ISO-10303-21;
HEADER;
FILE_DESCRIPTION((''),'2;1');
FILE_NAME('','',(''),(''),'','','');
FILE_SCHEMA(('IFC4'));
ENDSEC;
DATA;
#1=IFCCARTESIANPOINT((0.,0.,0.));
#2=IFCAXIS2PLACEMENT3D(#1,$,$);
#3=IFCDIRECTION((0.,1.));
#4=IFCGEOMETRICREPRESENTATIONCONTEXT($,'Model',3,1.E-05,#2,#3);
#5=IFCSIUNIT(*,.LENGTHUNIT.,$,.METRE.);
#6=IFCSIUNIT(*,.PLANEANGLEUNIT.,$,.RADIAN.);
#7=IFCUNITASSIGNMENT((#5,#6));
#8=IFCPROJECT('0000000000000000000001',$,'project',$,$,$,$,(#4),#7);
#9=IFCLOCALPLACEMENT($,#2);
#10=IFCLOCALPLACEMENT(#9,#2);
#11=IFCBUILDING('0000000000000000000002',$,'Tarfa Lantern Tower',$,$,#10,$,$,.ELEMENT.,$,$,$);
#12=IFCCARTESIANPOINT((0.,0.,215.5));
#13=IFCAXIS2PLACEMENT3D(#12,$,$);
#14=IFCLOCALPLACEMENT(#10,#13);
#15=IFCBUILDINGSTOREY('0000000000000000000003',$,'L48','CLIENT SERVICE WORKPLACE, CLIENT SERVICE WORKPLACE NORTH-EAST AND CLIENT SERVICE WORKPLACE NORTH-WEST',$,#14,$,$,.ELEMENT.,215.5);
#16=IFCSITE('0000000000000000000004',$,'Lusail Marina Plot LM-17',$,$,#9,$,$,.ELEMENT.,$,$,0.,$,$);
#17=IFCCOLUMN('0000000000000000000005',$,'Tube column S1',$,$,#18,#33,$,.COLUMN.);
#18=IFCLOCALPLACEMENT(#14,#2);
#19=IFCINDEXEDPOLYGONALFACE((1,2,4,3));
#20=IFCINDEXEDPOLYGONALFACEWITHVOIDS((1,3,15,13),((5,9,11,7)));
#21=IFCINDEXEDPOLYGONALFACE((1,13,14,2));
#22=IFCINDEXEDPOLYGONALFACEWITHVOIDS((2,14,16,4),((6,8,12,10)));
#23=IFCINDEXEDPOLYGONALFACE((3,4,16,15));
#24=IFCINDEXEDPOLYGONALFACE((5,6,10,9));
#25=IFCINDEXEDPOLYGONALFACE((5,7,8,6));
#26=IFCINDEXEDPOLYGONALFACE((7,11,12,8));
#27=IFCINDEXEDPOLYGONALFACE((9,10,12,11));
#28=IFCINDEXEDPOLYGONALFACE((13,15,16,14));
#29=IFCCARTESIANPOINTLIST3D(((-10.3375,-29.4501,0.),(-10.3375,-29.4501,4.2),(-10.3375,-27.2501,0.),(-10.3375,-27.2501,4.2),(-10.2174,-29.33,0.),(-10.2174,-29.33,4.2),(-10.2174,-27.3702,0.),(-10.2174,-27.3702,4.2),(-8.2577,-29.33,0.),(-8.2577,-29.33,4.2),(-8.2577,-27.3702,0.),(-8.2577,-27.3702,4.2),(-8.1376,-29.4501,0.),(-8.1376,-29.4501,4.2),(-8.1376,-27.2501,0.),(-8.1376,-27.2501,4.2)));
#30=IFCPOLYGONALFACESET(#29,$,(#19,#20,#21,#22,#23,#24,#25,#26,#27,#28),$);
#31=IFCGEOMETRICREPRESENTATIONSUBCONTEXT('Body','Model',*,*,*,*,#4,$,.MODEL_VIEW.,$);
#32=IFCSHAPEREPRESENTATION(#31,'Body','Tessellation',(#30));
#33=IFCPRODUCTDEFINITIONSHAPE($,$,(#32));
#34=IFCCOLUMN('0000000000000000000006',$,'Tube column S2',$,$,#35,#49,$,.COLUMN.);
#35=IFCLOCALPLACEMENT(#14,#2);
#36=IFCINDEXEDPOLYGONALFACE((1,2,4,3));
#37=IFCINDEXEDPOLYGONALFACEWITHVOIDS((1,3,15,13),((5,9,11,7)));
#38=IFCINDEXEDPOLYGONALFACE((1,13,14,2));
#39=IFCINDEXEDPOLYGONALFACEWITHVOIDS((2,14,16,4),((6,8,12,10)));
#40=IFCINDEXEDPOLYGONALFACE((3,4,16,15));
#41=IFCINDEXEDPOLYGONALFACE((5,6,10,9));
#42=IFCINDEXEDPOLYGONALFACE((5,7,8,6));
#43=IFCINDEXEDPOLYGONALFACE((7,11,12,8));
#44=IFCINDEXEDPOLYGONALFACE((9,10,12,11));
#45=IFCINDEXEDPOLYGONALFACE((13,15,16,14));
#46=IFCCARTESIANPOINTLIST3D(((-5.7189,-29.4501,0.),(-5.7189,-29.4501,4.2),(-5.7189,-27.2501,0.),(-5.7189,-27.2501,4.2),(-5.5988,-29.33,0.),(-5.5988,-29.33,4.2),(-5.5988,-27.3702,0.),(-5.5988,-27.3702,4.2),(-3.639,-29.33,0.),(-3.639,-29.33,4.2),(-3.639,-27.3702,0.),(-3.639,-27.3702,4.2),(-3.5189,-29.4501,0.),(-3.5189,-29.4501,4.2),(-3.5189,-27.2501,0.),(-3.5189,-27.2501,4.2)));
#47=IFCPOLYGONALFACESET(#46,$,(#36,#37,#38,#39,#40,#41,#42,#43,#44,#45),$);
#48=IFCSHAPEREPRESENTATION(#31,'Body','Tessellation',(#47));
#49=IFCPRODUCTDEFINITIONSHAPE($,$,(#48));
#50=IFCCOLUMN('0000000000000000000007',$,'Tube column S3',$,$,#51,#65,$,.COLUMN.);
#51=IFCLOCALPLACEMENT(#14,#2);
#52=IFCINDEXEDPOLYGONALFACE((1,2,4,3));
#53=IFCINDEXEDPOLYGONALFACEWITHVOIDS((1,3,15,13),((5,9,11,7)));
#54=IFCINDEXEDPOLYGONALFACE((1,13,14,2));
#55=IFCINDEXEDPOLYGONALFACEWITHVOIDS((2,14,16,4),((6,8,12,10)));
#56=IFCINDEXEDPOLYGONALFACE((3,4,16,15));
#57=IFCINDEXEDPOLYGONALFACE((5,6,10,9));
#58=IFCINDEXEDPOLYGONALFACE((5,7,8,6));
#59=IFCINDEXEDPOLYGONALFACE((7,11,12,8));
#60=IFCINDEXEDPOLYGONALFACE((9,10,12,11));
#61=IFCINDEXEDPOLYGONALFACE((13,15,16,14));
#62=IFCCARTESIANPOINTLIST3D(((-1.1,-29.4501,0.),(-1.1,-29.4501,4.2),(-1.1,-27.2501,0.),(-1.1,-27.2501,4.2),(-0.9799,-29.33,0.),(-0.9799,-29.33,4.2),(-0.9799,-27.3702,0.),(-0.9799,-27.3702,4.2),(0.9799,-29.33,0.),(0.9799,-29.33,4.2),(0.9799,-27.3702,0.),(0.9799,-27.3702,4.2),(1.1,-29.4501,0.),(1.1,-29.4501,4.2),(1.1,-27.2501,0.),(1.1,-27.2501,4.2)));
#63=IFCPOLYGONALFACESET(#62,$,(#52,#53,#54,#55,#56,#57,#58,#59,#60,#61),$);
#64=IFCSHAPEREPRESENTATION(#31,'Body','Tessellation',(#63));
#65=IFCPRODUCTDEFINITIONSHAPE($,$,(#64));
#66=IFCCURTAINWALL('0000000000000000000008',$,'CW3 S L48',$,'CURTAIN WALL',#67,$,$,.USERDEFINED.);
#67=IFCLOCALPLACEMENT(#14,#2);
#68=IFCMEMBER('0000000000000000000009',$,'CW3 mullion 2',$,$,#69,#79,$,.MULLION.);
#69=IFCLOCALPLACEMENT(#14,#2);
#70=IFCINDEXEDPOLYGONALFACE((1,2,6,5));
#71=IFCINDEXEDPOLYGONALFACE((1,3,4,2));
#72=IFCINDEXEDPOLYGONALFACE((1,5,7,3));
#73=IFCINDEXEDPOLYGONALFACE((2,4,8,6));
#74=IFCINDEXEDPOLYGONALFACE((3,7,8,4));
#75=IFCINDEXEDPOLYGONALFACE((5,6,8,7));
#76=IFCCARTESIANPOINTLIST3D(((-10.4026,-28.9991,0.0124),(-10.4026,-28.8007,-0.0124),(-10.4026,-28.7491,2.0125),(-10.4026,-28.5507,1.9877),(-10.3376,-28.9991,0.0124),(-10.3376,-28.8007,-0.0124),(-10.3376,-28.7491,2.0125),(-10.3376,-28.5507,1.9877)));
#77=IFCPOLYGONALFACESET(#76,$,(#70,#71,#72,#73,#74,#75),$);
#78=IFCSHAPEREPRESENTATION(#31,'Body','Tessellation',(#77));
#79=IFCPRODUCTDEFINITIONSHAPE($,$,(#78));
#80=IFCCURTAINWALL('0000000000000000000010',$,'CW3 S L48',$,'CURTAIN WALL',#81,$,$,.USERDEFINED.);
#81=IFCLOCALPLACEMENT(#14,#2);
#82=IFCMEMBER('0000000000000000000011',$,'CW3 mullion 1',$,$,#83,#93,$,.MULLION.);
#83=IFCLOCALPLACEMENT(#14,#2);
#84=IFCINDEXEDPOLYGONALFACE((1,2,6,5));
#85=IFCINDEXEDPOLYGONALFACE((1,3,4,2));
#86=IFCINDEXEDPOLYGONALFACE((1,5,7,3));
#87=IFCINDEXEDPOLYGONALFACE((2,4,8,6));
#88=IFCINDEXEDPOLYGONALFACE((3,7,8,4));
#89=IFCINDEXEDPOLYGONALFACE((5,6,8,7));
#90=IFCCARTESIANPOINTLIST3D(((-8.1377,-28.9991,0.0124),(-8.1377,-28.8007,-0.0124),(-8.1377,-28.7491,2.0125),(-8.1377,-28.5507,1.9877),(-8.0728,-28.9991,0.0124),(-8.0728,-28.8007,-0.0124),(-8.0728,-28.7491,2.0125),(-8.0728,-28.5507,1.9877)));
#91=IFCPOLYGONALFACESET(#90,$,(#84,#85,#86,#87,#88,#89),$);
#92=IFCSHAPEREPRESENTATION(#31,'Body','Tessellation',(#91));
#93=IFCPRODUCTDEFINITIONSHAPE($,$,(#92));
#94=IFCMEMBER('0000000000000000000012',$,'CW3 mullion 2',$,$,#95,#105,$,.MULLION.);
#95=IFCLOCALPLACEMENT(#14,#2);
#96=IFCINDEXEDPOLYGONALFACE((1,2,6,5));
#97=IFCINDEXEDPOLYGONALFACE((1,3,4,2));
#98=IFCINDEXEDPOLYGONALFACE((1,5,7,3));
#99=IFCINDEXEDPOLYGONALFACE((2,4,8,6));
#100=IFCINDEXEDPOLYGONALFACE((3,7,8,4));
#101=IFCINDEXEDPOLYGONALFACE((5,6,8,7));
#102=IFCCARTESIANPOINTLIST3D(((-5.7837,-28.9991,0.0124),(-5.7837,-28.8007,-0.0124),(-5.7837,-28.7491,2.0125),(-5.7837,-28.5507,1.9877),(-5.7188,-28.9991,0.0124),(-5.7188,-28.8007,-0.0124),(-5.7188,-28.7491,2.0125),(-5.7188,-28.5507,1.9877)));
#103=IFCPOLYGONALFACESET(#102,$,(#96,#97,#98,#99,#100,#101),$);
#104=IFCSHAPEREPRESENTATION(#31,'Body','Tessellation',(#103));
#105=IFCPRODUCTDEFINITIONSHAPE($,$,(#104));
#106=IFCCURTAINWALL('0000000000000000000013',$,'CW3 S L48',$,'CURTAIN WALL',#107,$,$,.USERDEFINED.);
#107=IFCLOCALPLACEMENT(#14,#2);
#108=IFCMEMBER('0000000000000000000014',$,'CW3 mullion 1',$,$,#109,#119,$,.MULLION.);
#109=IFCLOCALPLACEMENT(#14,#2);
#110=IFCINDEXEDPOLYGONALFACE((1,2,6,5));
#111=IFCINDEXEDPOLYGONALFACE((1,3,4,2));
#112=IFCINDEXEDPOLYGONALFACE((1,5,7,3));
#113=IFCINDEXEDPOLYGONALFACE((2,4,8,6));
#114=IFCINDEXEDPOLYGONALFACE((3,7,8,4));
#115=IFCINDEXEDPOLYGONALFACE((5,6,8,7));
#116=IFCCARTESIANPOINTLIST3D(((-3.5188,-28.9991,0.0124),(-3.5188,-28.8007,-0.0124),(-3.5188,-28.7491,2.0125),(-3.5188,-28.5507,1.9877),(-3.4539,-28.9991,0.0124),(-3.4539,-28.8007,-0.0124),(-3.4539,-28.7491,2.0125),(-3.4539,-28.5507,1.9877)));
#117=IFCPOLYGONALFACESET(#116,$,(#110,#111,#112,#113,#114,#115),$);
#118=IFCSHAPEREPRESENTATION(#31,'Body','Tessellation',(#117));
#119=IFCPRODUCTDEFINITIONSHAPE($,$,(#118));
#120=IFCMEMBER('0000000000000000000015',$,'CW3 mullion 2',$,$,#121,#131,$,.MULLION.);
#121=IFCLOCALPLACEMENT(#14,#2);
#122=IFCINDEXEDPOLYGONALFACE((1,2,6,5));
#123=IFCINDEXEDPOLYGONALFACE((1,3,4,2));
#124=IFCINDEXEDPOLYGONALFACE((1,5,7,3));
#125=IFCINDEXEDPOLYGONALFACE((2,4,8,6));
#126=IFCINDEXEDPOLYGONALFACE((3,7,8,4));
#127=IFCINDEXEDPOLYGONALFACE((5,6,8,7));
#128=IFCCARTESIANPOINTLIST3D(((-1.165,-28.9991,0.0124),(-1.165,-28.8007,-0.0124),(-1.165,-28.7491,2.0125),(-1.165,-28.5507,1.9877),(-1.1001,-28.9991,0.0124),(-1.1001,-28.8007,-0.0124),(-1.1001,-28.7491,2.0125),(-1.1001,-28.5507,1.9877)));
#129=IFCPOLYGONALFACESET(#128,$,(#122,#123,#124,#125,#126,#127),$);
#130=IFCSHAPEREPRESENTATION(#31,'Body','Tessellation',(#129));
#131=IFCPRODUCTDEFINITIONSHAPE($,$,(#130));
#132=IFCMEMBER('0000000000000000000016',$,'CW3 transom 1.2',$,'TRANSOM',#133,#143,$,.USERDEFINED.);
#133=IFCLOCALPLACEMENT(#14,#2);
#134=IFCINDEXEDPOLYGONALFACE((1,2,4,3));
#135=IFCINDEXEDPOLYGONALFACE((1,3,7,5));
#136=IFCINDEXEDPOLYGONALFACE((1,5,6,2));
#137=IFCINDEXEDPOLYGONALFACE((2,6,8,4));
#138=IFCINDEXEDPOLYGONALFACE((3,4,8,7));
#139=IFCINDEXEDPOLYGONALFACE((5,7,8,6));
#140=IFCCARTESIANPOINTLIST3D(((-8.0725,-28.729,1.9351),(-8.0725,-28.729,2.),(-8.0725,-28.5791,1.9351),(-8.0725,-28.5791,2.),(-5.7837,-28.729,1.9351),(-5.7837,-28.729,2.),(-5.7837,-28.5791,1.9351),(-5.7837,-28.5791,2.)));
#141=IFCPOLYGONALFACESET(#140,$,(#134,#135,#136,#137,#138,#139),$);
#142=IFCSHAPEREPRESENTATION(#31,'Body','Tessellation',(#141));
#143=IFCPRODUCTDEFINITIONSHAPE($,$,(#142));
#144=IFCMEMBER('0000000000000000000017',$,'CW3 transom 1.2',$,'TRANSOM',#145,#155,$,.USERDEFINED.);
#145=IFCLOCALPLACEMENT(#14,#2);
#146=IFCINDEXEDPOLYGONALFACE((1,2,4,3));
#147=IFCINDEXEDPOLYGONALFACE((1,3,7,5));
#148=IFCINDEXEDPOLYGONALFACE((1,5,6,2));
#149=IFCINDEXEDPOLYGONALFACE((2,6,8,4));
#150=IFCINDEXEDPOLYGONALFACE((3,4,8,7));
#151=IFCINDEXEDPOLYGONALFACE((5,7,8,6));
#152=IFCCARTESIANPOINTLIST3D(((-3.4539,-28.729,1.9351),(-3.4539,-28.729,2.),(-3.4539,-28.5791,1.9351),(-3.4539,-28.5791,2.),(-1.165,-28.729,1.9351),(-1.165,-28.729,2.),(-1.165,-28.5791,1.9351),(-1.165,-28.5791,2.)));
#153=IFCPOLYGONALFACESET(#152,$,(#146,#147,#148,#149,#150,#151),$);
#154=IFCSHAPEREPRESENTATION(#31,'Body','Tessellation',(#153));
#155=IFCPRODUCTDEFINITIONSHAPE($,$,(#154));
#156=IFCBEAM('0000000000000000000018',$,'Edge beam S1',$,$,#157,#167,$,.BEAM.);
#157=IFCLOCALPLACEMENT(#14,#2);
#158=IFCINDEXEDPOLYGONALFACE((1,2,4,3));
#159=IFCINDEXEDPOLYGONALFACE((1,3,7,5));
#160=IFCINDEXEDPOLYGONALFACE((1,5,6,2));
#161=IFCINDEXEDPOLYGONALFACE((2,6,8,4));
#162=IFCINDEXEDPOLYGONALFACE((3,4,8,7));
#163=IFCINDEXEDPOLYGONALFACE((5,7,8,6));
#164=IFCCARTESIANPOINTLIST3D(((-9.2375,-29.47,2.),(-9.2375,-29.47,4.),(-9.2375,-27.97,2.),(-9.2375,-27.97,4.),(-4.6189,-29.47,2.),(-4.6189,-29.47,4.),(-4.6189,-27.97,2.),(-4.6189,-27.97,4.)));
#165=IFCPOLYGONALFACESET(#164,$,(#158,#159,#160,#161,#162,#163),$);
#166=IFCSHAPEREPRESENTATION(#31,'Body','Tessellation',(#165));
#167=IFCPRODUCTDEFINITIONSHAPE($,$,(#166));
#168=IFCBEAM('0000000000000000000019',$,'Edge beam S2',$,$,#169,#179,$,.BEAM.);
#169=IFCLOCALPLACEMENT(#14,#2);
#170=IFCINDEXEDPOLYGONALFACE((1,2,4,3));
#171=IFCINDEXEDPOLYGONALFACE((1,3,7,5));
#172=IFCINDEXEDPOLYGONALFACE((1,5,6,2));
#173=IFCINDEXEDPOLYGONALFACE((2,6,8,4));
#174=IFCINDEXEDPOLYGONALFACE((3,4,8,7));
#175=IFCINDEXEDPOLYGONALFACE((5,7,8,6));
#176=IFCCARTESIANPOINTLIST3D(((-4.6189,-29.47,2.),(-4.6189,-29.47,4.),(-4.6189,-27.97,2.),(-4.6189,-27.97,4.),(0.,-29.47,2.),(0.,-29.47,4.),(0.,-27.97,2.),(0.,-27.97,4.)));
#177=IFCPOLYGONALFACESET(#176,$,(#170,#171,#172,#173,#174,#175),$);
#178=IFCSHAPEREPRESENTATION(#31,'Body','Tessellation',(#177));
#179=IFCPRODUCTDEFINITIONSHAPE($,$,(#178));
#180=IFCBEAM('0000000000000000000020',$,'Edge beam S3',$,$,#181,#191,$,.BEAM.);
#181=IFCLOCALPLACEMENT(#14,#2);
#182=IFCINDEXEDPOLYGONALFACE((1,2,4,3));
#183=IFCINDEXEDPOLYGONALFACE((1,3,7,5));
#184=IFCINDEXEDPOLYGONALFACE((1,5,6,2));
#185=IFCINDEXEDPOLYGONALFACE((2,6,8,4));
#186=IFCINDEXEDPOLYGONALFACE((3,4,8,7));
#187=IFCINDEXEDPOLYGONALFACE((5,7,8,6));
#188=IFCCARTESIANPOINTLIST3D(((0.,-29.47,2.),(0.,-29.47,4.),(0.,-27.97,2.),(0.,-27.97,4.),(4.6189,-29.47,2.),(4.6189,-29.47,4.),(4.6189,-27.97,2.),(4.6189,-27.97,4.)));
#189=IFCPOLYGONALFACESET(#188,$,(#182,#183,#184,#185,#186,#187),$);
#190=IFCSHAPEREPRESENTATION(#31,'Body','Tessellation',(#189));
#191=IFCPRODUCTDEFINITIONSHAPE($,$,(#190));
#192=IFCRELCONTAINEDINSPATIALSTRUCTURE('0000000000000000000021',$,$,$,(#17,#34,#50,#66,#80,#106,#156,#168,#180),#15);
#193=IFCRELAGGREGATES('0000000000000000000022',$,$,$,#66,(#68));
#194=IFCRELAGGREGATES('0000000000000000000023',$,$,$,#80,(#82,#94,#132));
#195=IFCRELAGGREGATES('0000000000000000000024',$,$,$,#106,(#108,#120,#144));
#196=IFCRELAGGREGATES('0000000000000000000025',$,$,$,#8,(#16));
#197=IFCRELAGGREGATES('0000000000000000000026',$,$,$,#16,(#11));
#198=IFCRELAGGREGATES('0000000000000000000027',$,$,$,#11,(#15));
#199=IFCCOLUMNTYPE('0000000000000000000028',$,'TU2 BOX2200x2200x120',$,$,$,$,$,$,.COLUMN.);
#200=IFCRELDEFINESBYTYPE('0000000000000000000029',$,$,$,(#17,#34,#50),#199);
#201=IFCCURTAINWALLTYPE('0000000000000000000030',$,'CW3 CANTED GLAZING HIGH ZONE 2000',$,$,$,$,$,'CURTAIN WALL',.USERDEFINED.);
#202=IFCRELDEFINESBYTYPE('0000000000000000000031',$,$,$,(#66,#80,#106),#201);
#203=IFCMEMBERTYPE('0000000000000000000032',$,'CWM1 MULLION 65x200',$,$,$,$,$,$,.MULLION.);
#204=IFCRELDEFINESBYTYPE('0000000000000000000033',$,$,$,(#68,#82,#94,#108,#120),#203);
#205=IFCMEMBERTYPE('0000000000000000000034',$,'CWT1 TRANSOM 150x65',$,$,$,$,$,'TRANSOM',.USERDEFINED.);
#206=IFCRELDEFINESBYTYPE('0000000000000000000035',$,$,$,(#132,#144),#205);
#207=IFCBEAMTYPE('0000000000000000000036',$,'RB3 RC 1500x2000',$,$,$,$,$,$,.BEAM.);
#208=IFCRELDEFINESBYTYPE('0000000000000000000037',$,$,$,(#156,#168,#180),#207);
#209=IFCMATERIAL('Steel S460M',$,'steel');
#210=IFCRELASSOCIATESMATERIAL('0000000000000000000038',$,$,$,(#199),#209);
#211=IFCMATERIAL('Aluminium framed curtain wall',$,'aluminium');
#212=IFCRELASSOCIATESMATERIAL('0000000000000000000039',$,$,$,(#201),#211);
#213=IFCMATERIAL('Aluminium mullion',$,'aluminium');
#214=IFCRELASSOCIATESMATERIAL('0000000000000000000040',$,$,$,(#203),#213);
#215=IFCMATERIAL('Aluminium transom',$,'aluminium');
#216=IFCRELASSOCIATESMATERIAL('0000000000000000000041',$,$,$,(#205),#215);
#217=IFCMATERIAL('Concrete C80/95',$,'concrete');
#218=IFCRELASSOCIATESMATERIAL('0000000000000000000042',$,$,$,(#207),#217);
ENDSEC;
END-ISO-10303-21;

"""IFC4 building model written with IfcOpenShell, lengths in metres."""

from ifc_helpers import new_model, si_unit, direction, frame, origin, origin_2d, place, context, subcontext, project, spatial, rectangle, hollow_rectangle, extrude, material, material_profile, profile_set, type_object, element, aggregate, save


model = new_model("IFC4")

# Units and contexts
model_context = context("Model", 3, precision=1e-05, world=origin(), true_north=direction((0.0, 1.0)))
body_context = subcontext(model_context, "Body", "Model", "MODEL_VIEW")
ifc_project = project(units=[si_unit("LENGTHUNIT", "METRE"), si_unit("PLANEANGLEUNIT", "RADIAN")], contexts=[model_context])

# Site, building, storey
site_placement = place(None, origin())
site = spatial("IfcSite", under=ifc_project, at=site_placement, Name="Lusail Marina Plot LM-17", CompositionType="ELEMENT", RefElevation=0.0)
building_placement = place(site_placement, origin())
building = spatial("IfcBuilding", under=site, at=building_placement, Name="Tarfa Lantern Tower", CompositionType="ELEMENT")
storey_placement = place(building_placement, frame((0.0, 0.0, 215.5)))
storey = spatial("IfcBuildingStorey", under=building, at=storey_placement, Name="L48", Description="CLIENT SERVICE WORKPLACE, CLIENT SERVICE WORKPLACE NORTH-EAST AND CLIENT SERVICE WORKPLACE NORTH-WEST", CompositionType="ELEMENT", Elevation=215.5)

# Columns
ifc_material_1 = material(Name="Steel S460M", Category="steel")
ifc_material_profile_1 = material_profile(ifc_material_1, hollow_rectangle(XDim=2.2, YDim=2.2, WallThickness=0.1201, at=origin_2d()), Name="BOX2200x2200x120")
ifc_profile_set_1 = profile_set([ifc_material_profile_1], Name="Steel S460M")
column_type = type_object("IfcColumnType", Name="TU2 BOX2200x2200x120", PredefinedType="COLUMN", material=ifc_profile_set_1)
for number, where, z_axis, x_axis, name in (
    (1, (-9.2375, -28.3501, 0.0), (0.0, 0.0, 1.0), (1.0, 0.0, 0.0), "Tube column S1"),
    (2, (-4.6189, -28.3501, 0.0), (0.0, 0.0, 1.0), (1.0, 0.0, 0.0), "Tube column S2"),
    (3, (0.0, -28.3501, 0.0), (0.0, 0.0, 1.0), (1.0, 0.0, 0.0), "Tube column S3"),
):
    element("IfcColumn", number, at=place(storey_placement, frame(where, z_axis=z_axis, x_axis=x_axis)), inside=storey, type_object=column_type, Name=name, PredefinedType="COLUMN", context=body_context, shape_type="SweptSolid", body=[
        extrude(hollow_rectangle(XDim=2.2, YDim=2.2, WallThickness=0.1201, at=origin_2d()), origin(), (0.0, 0.0, 1.0), 4.2),
    ])

# Curtain wall, member
ifc_material_2 = material(Name="Aluminium framed curtain wall", Category="aluminium")
curtain_wall_type = type_object("IfcCurtainWallType", Name="CW3 CANTED GLAZING HIGH ZONE 2000", ElementType="CURTAIN WALL", PredefinedType="USERDEFINED", material=ifc_material_2)
curtain_wall_1_placement = place(storey_placement, origin())
curtain_wall_1 = element("IfcCurtainWall", 4, at=curtain_wall_1_placement, inside=storey, type_object=curtain_wall_type, Name="CW3 S L48", ObjectType="CURTAIN WALL", PredefinedType="USERDEFINED")
ifc_material_3 = material(Name="Aluminium mullion", Category="aluminium")
ifc_material_profile_2 = material_profile(ifc_material_3, rectangle(XDim=0.0649, YDim=0.2, at=origin_2d()), Name="AL MULLION 65x200")
ifc_profile_set_2 = profile_set([ifc_material_profile_2], Name="Aluminium mullion")
member_type_1 = type_object("IfcMemberType", Name="CWM1 MULLION 65x200", PredefinedType="MULLION", material=ifc_profile_set_2)
member_1_placement = place(storey_placement, frame((-10.3701, -28.8999, 0.0), z_axis=(0.0, 0.124035, 0.992278), x_axis=(-1.0, 0.0, 0.0)))
member_1 = element("IfcMember", 5, at=member_1_placement, type_object=member_type_1, Name="CW3 mullion 2", PredefinedType="MULLION", context=body_context, shape_type="SweptSolid", body=[
    extrude(rectangle(XDim=0.0649, YDim=0.2, at=origin_2d()), origin(), (0.0, 0.0, 1.0), 2.0156),
])
aggregate(curtain_wall_1, [member_1])

# Curtain walls, members
curtain_wall_2_placement = place(storey_placement, origin())
curtain_wall_2 = element("IfcCurtainWall", 6, at=curtain_wall_2_placement, inside=storey, type_object=curtain_wall_type, Name="CW3 S L48", ObjectType="CURTAIN WALL", PredefinedType="USERDEFINED")
member_2_placement = place(storey_placement, frame((-8.1052, -28.8999, 0.0), z_axis=(0.0, 0.124035, 0.992278), x_axis=(-1.0, 0.0, 0.0)))
member_2 = element("IfcMember", 7, at=member_2_placement, type_object=member_type_1, Name="CW3 mullion 1", PredefinedType="MULLION", context=body_context, shape_type="SweptSolid", body=[
    extrude(rectangle(XDim=0.0649, YDim=0.2, at=origin_2d()), origin(), (0.0, 0.0, 1.0), 2.0156),
])
member_3_placement = place(storey_placement, frame((-5.7512, -28.8999, 0.0), z_axis=(0.0, 0.124035, 0.992278), x_axis=(-1.0, 0.0, 0.0)))
member_3 = element("IfcMember", 8, at=member_3_placement, type_object=member_type_1, Name="CW3 mullion 2", PredefinedType="MULLION", context=body_context, shape_type="SweptSolid", body=[
    extrude(rectangle(XDim=0.0649, YDim=0.2, at=origin_2d()), origin(), (0.0, 0.0, 1.0), 2.0156),
])
curtain_wall_3_placement = place(storey_placement, origin())
curtain_wall_3 = element("IfcCurtainWall", 9, at=curtain_wall_3_placement, inside=storey, type_object=curtain_wall_type, Name="CW3 S L48", ObjectType="CURTAIN WALL", PredefinedType="USERDEFINED")
member_4_placement = place(storey_placement, frame((-3.4863, -28.8999, 0.0), z_axis=(0.0, 0.124035, 0.992278), x_axis=(-1.0, 0.0, 0.0)))
member_4 = element("IfcMember", 10, at=member_4_placement, type_object=member_type_1, Name="CW3 mullion 1", PredefinedType="MULLION", context=body_context, shape_type="SweptSolid", body=[
    extrude(rectangle(XDim=0.0649, YDim=0.2, at=origin_2d()), origin(), (0.0, 0.0, 1.0), 2.0156),
])
member_5_placement = place(storey_placement, frame((-1.1326, -28.8999, 0.0), z_axis=(0.0, 0.124035, 0.992278), x_axis=(-1.0, 0.0, 0.0)))
member_5 = element("IfcMember", 11, at=member_5_placement, type_object=member_type_1, Name="CW3 mullion 2", PredefinedType="MULLION", context=body_context, shape_type="SweptSolid", body=[
    extrude(rectangle(XDim=0.0649, YDim=0.2, at=origin_2d()), origin(), (0.0, 0.0, 1.0), 2.0156),
])

# Members
ifc_material_4 = material(Name="Aluminium transom", Category="aluminium")
ifc_material_profile_3 = material_profile(ifc_material_4, rectangle(XDim=0.1499, YDim=0.0649, at=origin_2d()), Name="AL TRANSOM 150x65")
ifc_profile_set_3 = profile_set([ifc_material_profile_3], Name="Aluminium transom")
member_type_2 = type_object("IfcMemberType", Name="CWT1 TRANSOM 150x65", ElementType="TRANSOM", PredefinedType="USERDEFINED", material=ifc_profile_set_3)
member_6_placement = place(storey_placement, frame((-8.0725, -28.6541, 1.9675), z_axis=(1.0, 0.0, 0.0), x_axis=(0.0, 1.0, 0.0)))
member_6 = element("IfcMember", 12, at=member_6_placement, type_object=member_type_2, Name="CW3 transom 1.2", ObjectType="TRANSOM", PredefinedType="USERDEFINED", context=body_context, shape_type="SweptSolid", body=[
    extrude(rectangle(XDim=0.1499, YDim=0.0649, at=origin_2d()), origin(), (0.0, 0.0, 1.0), 2.2888),
])
member_7_placement = place(storey_placement, frame((-3.4539, -28.6541, 1.9675), z_axis=(1.0, 0.0, 0.0), x_axis=(0.0, 1.0, 0.0)))
member_7 = element("IfcMember", 13, at=member_7_placement, type_object=member_type_2, Name="CW3 transom 1.2", ObjectType="TRANSOM", PredefinedType="USERDEFINED", context=body_context, shape_type="SweptSolid", body=[
    extrude(rectangle(XDim=0.1499, YDim=0.0649, at=origin_2d()), origin(), (0.0, 0.0, 1.0), 2.2888),
])

# Beams
ifc_material_5 = material(Name="Concrete C80/95", Category="concrete")
ifc_material_profile_4 = material_profile(ifc_material_5, rectangle(XDim=1.5, YDim=2.0, at=origin_2d()), Name="RC 1500x2000")
ifc_profile_set_4 = profile_set([ifc_material_profile_4], Name="Concrete C80/95")
beam_type_1 = type_object("IfcBeamType", Name="RB3 RC 1500x2000", PredefinedType="BEAM", material=ifc_profile_set_4)
beam_placement = place(storey_placement, frame((-9.2375, -28.72, 3.0), z_axis=(1.0, 0.0, 0.0), x_axis=(0.0, 1.0, 0.0)))
element("IfcBeam", 14, at=beam_placement, inside=storey, type_object=beam_type_1, Name="Edge beam S1", PredefinedType="BEAM", context=body_context, shape_type="SweptSolid", body=[
    extrude(rectangle(XDim=1.5, YDim=2.0, at=origin_2d()), origin(), (0.0, 0.0, 1.0), 4.6187),
])
for number, where, z_axis, x_axis, name in (
    (15, (-4.6189, -28.72, 3.0), (1.0, 0.0, 0.0), (0.0, 1.0, 0.0), "Edge beam S2"),
    (16, (0.0, -28.72, 3.0), (1.0, 0.0, 0.0), (0.0, 1.0, 0.0), "Edge beam S3"),
):
    element("IfcBeam", number, at=place(storey_placement, frame(where, z_axis=z_axis, x_axis=x_axis)), inside=storey, type_object=beam_type_1, Name=name, PredefinedType="BEAM", context=body_context, shape_type="SweptSolid", body=[
        extrude(rectangle(XDim=1.5, YDim=2.0, at=origin_2d()), origin(), (0.0, 0.0, 1.0), 4.6189),
    ])

aggregate(curtain_wall_2, [member_2, member_3, member_6])
aggregate(curtain_wall_3, [member_4, member_5, member_7])

save(model, "model.ifc")
